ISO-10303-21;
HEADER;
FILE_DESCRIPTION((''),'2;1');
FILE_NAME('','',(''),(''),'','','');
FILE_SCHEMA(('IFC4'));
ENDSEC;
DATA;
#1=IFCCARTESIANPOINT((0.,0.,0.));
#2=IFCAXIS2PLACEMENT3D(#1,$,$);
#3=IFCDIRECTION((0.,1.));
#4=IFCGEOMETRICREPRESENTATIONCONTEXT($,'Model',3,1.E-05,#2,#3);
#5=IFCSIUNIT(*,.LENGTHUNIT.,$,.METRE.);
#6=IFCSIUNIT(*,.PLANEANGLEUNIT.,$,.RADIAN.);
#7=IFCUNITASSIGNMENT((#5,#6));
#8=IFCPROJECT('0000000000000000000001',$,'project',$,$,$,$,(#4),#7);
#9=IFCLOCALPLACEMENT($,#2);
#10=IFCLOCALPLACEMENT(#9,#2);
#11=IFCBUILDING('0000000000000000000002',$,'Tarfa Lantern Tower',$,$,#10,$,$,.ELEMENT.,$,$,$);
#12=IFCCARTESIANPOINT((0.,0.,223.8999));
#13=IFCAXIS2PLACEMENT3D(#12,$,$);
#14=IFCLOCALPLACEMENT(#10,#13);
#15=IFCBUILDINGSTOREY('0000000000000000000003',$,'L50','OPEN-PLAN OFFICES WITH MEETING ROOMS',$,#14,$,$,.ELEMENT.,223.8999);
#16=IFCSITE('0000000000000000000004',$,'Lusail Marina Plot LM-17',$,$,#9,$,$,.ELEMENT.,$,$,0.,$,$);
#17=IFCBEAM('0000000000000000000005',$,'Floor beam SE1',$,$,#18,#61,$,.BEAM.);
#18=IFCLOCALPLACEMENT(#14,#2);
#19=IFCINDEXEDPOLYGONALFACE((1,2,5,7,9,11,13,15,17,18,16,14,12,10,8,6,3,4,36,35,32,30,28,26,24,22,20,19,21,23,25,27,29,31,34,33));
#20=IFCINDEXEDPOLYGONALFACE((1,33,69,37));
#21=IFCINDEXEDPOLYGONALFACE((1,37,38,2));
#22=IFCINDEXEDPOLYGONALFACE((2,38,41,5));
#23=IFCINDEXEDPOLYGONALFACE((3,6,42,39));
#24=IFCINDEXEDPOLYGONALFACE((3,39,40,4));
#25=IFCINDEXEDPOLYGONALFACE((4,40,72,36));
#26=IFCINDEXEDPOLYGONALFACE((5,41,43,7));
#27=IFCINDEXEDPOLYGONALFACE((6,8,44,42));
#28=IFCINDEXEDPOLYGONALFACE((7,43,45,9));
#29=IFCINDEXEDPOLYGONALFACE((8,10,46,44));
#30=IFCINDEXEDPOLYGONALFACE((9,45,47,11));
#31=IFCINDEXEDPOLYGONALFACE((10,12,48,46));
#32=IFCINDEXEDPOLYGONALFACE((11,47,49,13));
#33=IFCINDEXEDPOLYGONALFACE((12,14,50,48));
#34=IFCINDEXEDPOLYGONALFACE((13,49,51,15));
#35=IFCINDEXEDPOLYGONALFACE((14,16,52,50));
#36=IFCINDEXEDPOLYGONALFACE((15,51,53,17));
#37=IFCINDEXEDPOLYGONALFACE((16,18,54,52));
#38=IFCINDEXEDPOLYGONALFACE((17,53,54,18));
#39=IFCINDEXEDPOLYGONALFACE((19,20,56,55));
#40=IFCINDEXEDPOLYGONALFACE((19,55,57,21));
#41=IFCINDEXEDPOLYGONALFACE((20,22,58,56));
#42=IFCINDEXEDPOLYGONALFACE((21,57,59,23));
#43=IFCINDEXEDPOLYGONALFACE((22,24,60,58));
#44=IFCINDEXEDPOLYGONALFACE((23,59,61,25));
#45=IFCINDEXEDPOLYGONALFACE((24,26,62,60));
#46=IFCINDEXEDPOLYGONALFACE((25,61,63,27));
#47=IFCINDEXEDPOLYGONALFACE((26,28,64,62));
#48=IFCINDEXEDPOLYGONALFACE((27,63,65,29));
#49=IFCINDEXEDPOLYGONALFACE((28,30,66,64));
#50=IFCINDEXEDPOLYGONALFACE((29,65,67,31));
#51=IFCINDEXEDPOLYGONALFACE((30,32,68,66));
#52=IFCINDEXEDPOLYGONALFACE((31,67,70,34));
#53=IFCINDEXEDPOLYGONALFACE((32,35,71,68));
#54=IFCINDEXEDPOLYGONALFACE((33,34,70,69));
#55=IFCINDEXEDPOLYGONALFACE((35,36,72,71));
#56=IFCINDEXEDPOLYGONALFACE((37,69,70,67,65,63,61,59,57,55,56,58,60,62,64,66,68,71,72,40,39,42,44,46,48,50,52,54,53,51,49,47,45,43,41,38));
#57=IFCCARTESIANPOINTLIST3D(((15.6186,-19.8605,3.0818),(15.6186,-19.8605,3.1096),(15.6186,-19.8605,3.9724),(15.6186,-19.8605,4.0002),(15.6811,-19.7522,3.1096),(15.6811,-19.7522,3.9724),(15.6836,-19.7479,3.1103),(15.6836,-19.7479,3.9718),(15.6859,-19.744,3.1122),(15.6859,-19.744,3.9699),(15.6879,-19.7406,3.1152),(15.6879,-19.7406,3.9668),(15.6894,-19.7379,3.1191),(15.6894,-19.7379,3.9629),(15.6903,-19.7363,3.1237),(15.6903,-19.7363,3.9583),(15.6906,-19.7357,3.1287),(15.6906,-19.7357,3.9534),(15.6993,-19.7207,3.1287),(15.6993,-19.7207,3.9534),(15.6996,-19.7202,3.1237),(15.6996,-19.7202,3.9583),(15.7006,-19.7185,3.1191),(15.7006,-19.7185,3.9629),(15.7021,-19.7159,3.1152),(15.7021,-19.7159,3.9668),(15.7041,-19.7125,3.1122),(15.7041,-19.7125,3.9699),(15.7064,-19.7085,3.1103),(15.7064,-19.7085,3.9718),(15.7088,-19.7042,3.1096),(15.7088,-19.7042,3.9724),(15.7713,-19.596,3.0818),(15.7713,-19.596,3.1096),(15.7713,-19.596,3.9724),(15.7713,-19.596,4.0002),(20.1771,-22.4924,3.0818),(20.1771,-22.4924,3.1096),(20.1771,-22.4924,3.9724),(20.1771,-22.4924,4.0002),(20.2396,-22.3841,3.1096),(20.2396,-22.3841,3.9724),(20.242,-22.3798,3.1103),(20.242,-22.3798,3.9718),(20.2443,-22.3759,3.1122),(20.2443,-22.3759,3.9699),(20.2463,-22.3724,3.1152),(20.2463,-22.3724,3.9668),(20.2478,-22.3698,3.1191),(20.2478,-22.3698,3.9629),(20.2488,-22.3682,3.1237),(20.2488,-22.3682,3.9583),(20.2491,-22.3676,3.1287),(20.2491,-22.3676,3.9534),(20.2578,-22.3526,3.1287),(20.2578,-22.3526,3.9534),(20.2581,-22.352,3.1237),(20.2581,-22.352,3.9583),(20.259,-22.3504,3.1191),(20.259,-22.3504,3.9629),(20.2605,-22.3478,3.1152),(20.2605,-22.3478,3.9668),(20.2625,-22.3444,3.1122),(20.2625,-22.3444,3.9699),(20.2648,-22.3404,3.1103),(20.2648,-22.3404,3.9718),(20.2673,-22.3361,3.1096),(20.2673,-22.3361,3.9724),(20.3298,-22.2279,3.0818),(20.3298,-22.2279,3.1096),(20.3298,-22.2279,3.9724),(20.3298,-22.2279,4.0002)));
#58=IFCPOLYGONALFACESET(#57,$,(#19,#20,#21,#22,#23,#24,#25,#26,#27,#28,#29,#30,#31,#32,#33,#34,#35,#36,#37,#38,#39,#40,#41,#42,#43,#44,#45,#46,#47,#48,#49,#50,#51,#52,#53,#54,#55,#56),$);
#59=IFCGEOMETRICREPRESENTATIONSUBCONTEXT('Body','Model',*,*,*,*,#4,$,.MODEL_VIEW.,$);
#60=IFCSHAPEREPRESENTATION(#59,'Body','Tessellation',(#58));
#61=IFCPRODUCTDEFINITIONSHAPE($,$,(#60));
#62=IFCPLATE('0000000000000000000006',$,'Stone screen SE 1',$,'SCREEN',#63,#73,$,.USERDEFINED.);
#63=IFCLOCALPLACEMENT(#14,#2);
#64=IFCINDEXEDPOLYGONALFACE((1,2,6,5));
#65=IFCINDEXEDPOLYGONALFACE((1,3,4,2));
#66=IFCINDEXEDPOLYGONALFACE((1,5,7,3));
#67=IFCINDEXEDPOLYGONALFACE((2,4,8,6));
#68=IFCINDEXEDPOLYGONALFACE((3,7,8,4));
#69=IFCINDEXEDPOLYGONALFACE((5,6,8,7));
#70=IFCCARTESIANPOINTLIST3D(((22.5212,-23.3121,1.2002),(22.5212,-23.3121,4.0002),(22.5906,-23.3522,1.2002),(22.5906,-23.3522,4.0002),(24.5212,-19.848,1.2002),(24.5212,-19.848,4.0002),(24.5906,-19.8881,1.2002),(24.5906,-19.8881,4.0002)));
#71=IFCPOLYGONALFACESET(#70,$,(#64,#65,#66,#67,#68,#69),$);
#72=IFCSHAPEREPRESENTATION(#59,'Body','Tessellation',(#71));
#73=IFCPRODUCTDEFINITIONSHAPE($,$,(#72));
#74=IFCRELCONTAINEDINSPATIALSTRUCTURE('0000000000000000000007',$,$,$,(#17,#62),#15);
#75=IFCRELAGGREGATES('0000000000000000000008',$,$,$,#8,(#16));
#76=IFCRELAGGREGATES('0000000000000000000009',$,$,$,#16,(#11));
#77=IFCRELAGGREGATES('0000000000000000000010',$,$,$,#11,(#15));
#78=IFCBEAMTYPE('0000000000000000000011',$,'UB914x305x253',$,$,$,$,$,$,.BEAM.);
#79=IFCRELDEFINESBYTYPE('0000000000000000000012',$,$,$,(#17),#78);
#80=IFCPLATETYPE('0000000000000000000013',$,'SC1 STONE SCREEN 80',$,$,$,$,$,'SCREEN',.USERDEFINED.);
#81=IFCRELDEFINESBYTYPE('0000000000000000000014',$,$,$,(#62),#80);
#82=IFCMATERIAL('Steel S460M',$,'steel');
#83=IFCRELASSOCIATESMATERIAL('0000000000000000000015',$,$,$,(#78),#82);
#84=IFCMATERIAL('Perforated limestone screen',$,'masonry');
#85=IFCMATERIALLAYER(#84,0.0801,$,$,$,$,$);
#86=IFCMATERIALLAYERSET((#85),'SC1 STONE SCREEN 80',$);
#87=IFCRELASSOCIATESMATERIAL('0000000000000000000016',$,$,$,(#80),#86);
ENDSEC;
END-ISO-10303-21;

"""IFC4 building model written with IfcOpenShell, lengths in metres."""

from ifc_helpers import new_model, si_unit, direction, frame, origin, origin_2d, place, context, subcontext, project, spatial, rectangle, i_section, extrude, material, layer, layer_set, material_profile, profile_set, type_object, element, save


model = new_model("IFC4")

# Units and contexts
model_context = context("Model", 3, precision=1e-05, world=origin(), true_north=direction((0.0, 1.0)))
body_context = subcontext(model_context, "Body", "Model", "MODEL_VIEW")
ifc_project = project(units=[si_unit("LENGTHUNIT", "METRE"), si_unit("PLANEANGLEUNIT", "RADIAN")], contexts=[model_context])

# Site, building, storey
site_placement = place(None, origin())
site = spatial("IfcSite", under=ifc_project, at=site_placement, Name="Lusail Marina Plot LM-17", CompositionType="ELEMENT", RefElevation=0.0)
building_placement = place(site_placement, origin())
building = spatial("IfcBuilding", under=site, at=building_placement, Name="Tarfa Lantern Tower", CompositionType="ELEMENT")
storey_placement = place(building_placement, frame((0.0, 0.0, 223.8999)))
storey = spatial("IfcBuildingStorey", under=building, at=storey_placement, Name="L50", Description="OPEN-PLAN OFFICES WITH MEETING ROOMS", CompositionType="ELEMENT", Elevation=223.8999)

# Beam
ifc_material_1 = material(Name="Steel S460M", Category="steel")
ifc_material_profile_1 = material_profile(ifc_material_1, i_section(OverallWidth=0.3054, OverallDepth=0.9185, WebThickness=0.0173, FlangeThickness=0.0278, FilletRadius=0.019, at=origin_2d()), Name="UB914x305x253")
ifc_profile_set_1 = profile_set([ifc_material_profile_1], Name="Steel S460M")
beam_type_1 = type_object("IfcBeamType", Name="UB914x305x253", PredefinedType="BEAM", material=ifc_profile_set_1)
beam_1_placement = place(storey_placement, frame((20.2534, -22.3601, 3.541), z_axis=(-0.86602, 0.50001, 0.0), x_axis=(-0.50001, -0.86602, 0.0)))
element("IfcBeam", 1, at=beam_1_placement, inside=storey, type_object=beam_type_1, Name="Floor beam SE1", PredefinedType="BEAM", context=body_context, shape_type="SweptSolid", body=[
    extrude(i_section(OverallWidth=0.3054, OverallDepth=0.9185, WebThickness=0.0173, FlangeThickness=0.0278, FilletRadius=0.019, at=origin_2d()), origin(), (0.0, 0.0, 1.0), 5.2637),
])

# Plate
ifc_material_2 = material(Name="Perforated limestone screen", Category="masonry")
ifc_layer_1 = layer(ifc_material_2, 0.0801)
ifc_layer_set_1 = layer_set([ifc_layer_1], Name="SC1 STONE SCREEN 80")
plate_type = type_object("IfcPlateType", Name="SC1 STONE SCREEN 80", ElementType="SCREEN", PredefinedType="USERDEFINED", material=ifc_layer_set_1)
plate_placement = place(storey_placement, frame((23.5559, -21.6001, 1.2002), z_axis=(0.0, 0.0, 1.0), x_axis=(0.5, 0.866025, 0.0)))
element("IfcPlate", 2, at=plate_placement, inside=storey, type_object=plate_type, Name="Stone screen SE 1", ObjectType="SCREEN", PredefinedType="USERDEFINED", context=body_context, shape_type="SweptSolid", body=[
    extrude(rectangle(XDim=4.0, YDim=0.0801, at=origin_2d()), origin(), (0.0, 0.0, 1.0), 2.8),
])

save(model, "model.ifc")
